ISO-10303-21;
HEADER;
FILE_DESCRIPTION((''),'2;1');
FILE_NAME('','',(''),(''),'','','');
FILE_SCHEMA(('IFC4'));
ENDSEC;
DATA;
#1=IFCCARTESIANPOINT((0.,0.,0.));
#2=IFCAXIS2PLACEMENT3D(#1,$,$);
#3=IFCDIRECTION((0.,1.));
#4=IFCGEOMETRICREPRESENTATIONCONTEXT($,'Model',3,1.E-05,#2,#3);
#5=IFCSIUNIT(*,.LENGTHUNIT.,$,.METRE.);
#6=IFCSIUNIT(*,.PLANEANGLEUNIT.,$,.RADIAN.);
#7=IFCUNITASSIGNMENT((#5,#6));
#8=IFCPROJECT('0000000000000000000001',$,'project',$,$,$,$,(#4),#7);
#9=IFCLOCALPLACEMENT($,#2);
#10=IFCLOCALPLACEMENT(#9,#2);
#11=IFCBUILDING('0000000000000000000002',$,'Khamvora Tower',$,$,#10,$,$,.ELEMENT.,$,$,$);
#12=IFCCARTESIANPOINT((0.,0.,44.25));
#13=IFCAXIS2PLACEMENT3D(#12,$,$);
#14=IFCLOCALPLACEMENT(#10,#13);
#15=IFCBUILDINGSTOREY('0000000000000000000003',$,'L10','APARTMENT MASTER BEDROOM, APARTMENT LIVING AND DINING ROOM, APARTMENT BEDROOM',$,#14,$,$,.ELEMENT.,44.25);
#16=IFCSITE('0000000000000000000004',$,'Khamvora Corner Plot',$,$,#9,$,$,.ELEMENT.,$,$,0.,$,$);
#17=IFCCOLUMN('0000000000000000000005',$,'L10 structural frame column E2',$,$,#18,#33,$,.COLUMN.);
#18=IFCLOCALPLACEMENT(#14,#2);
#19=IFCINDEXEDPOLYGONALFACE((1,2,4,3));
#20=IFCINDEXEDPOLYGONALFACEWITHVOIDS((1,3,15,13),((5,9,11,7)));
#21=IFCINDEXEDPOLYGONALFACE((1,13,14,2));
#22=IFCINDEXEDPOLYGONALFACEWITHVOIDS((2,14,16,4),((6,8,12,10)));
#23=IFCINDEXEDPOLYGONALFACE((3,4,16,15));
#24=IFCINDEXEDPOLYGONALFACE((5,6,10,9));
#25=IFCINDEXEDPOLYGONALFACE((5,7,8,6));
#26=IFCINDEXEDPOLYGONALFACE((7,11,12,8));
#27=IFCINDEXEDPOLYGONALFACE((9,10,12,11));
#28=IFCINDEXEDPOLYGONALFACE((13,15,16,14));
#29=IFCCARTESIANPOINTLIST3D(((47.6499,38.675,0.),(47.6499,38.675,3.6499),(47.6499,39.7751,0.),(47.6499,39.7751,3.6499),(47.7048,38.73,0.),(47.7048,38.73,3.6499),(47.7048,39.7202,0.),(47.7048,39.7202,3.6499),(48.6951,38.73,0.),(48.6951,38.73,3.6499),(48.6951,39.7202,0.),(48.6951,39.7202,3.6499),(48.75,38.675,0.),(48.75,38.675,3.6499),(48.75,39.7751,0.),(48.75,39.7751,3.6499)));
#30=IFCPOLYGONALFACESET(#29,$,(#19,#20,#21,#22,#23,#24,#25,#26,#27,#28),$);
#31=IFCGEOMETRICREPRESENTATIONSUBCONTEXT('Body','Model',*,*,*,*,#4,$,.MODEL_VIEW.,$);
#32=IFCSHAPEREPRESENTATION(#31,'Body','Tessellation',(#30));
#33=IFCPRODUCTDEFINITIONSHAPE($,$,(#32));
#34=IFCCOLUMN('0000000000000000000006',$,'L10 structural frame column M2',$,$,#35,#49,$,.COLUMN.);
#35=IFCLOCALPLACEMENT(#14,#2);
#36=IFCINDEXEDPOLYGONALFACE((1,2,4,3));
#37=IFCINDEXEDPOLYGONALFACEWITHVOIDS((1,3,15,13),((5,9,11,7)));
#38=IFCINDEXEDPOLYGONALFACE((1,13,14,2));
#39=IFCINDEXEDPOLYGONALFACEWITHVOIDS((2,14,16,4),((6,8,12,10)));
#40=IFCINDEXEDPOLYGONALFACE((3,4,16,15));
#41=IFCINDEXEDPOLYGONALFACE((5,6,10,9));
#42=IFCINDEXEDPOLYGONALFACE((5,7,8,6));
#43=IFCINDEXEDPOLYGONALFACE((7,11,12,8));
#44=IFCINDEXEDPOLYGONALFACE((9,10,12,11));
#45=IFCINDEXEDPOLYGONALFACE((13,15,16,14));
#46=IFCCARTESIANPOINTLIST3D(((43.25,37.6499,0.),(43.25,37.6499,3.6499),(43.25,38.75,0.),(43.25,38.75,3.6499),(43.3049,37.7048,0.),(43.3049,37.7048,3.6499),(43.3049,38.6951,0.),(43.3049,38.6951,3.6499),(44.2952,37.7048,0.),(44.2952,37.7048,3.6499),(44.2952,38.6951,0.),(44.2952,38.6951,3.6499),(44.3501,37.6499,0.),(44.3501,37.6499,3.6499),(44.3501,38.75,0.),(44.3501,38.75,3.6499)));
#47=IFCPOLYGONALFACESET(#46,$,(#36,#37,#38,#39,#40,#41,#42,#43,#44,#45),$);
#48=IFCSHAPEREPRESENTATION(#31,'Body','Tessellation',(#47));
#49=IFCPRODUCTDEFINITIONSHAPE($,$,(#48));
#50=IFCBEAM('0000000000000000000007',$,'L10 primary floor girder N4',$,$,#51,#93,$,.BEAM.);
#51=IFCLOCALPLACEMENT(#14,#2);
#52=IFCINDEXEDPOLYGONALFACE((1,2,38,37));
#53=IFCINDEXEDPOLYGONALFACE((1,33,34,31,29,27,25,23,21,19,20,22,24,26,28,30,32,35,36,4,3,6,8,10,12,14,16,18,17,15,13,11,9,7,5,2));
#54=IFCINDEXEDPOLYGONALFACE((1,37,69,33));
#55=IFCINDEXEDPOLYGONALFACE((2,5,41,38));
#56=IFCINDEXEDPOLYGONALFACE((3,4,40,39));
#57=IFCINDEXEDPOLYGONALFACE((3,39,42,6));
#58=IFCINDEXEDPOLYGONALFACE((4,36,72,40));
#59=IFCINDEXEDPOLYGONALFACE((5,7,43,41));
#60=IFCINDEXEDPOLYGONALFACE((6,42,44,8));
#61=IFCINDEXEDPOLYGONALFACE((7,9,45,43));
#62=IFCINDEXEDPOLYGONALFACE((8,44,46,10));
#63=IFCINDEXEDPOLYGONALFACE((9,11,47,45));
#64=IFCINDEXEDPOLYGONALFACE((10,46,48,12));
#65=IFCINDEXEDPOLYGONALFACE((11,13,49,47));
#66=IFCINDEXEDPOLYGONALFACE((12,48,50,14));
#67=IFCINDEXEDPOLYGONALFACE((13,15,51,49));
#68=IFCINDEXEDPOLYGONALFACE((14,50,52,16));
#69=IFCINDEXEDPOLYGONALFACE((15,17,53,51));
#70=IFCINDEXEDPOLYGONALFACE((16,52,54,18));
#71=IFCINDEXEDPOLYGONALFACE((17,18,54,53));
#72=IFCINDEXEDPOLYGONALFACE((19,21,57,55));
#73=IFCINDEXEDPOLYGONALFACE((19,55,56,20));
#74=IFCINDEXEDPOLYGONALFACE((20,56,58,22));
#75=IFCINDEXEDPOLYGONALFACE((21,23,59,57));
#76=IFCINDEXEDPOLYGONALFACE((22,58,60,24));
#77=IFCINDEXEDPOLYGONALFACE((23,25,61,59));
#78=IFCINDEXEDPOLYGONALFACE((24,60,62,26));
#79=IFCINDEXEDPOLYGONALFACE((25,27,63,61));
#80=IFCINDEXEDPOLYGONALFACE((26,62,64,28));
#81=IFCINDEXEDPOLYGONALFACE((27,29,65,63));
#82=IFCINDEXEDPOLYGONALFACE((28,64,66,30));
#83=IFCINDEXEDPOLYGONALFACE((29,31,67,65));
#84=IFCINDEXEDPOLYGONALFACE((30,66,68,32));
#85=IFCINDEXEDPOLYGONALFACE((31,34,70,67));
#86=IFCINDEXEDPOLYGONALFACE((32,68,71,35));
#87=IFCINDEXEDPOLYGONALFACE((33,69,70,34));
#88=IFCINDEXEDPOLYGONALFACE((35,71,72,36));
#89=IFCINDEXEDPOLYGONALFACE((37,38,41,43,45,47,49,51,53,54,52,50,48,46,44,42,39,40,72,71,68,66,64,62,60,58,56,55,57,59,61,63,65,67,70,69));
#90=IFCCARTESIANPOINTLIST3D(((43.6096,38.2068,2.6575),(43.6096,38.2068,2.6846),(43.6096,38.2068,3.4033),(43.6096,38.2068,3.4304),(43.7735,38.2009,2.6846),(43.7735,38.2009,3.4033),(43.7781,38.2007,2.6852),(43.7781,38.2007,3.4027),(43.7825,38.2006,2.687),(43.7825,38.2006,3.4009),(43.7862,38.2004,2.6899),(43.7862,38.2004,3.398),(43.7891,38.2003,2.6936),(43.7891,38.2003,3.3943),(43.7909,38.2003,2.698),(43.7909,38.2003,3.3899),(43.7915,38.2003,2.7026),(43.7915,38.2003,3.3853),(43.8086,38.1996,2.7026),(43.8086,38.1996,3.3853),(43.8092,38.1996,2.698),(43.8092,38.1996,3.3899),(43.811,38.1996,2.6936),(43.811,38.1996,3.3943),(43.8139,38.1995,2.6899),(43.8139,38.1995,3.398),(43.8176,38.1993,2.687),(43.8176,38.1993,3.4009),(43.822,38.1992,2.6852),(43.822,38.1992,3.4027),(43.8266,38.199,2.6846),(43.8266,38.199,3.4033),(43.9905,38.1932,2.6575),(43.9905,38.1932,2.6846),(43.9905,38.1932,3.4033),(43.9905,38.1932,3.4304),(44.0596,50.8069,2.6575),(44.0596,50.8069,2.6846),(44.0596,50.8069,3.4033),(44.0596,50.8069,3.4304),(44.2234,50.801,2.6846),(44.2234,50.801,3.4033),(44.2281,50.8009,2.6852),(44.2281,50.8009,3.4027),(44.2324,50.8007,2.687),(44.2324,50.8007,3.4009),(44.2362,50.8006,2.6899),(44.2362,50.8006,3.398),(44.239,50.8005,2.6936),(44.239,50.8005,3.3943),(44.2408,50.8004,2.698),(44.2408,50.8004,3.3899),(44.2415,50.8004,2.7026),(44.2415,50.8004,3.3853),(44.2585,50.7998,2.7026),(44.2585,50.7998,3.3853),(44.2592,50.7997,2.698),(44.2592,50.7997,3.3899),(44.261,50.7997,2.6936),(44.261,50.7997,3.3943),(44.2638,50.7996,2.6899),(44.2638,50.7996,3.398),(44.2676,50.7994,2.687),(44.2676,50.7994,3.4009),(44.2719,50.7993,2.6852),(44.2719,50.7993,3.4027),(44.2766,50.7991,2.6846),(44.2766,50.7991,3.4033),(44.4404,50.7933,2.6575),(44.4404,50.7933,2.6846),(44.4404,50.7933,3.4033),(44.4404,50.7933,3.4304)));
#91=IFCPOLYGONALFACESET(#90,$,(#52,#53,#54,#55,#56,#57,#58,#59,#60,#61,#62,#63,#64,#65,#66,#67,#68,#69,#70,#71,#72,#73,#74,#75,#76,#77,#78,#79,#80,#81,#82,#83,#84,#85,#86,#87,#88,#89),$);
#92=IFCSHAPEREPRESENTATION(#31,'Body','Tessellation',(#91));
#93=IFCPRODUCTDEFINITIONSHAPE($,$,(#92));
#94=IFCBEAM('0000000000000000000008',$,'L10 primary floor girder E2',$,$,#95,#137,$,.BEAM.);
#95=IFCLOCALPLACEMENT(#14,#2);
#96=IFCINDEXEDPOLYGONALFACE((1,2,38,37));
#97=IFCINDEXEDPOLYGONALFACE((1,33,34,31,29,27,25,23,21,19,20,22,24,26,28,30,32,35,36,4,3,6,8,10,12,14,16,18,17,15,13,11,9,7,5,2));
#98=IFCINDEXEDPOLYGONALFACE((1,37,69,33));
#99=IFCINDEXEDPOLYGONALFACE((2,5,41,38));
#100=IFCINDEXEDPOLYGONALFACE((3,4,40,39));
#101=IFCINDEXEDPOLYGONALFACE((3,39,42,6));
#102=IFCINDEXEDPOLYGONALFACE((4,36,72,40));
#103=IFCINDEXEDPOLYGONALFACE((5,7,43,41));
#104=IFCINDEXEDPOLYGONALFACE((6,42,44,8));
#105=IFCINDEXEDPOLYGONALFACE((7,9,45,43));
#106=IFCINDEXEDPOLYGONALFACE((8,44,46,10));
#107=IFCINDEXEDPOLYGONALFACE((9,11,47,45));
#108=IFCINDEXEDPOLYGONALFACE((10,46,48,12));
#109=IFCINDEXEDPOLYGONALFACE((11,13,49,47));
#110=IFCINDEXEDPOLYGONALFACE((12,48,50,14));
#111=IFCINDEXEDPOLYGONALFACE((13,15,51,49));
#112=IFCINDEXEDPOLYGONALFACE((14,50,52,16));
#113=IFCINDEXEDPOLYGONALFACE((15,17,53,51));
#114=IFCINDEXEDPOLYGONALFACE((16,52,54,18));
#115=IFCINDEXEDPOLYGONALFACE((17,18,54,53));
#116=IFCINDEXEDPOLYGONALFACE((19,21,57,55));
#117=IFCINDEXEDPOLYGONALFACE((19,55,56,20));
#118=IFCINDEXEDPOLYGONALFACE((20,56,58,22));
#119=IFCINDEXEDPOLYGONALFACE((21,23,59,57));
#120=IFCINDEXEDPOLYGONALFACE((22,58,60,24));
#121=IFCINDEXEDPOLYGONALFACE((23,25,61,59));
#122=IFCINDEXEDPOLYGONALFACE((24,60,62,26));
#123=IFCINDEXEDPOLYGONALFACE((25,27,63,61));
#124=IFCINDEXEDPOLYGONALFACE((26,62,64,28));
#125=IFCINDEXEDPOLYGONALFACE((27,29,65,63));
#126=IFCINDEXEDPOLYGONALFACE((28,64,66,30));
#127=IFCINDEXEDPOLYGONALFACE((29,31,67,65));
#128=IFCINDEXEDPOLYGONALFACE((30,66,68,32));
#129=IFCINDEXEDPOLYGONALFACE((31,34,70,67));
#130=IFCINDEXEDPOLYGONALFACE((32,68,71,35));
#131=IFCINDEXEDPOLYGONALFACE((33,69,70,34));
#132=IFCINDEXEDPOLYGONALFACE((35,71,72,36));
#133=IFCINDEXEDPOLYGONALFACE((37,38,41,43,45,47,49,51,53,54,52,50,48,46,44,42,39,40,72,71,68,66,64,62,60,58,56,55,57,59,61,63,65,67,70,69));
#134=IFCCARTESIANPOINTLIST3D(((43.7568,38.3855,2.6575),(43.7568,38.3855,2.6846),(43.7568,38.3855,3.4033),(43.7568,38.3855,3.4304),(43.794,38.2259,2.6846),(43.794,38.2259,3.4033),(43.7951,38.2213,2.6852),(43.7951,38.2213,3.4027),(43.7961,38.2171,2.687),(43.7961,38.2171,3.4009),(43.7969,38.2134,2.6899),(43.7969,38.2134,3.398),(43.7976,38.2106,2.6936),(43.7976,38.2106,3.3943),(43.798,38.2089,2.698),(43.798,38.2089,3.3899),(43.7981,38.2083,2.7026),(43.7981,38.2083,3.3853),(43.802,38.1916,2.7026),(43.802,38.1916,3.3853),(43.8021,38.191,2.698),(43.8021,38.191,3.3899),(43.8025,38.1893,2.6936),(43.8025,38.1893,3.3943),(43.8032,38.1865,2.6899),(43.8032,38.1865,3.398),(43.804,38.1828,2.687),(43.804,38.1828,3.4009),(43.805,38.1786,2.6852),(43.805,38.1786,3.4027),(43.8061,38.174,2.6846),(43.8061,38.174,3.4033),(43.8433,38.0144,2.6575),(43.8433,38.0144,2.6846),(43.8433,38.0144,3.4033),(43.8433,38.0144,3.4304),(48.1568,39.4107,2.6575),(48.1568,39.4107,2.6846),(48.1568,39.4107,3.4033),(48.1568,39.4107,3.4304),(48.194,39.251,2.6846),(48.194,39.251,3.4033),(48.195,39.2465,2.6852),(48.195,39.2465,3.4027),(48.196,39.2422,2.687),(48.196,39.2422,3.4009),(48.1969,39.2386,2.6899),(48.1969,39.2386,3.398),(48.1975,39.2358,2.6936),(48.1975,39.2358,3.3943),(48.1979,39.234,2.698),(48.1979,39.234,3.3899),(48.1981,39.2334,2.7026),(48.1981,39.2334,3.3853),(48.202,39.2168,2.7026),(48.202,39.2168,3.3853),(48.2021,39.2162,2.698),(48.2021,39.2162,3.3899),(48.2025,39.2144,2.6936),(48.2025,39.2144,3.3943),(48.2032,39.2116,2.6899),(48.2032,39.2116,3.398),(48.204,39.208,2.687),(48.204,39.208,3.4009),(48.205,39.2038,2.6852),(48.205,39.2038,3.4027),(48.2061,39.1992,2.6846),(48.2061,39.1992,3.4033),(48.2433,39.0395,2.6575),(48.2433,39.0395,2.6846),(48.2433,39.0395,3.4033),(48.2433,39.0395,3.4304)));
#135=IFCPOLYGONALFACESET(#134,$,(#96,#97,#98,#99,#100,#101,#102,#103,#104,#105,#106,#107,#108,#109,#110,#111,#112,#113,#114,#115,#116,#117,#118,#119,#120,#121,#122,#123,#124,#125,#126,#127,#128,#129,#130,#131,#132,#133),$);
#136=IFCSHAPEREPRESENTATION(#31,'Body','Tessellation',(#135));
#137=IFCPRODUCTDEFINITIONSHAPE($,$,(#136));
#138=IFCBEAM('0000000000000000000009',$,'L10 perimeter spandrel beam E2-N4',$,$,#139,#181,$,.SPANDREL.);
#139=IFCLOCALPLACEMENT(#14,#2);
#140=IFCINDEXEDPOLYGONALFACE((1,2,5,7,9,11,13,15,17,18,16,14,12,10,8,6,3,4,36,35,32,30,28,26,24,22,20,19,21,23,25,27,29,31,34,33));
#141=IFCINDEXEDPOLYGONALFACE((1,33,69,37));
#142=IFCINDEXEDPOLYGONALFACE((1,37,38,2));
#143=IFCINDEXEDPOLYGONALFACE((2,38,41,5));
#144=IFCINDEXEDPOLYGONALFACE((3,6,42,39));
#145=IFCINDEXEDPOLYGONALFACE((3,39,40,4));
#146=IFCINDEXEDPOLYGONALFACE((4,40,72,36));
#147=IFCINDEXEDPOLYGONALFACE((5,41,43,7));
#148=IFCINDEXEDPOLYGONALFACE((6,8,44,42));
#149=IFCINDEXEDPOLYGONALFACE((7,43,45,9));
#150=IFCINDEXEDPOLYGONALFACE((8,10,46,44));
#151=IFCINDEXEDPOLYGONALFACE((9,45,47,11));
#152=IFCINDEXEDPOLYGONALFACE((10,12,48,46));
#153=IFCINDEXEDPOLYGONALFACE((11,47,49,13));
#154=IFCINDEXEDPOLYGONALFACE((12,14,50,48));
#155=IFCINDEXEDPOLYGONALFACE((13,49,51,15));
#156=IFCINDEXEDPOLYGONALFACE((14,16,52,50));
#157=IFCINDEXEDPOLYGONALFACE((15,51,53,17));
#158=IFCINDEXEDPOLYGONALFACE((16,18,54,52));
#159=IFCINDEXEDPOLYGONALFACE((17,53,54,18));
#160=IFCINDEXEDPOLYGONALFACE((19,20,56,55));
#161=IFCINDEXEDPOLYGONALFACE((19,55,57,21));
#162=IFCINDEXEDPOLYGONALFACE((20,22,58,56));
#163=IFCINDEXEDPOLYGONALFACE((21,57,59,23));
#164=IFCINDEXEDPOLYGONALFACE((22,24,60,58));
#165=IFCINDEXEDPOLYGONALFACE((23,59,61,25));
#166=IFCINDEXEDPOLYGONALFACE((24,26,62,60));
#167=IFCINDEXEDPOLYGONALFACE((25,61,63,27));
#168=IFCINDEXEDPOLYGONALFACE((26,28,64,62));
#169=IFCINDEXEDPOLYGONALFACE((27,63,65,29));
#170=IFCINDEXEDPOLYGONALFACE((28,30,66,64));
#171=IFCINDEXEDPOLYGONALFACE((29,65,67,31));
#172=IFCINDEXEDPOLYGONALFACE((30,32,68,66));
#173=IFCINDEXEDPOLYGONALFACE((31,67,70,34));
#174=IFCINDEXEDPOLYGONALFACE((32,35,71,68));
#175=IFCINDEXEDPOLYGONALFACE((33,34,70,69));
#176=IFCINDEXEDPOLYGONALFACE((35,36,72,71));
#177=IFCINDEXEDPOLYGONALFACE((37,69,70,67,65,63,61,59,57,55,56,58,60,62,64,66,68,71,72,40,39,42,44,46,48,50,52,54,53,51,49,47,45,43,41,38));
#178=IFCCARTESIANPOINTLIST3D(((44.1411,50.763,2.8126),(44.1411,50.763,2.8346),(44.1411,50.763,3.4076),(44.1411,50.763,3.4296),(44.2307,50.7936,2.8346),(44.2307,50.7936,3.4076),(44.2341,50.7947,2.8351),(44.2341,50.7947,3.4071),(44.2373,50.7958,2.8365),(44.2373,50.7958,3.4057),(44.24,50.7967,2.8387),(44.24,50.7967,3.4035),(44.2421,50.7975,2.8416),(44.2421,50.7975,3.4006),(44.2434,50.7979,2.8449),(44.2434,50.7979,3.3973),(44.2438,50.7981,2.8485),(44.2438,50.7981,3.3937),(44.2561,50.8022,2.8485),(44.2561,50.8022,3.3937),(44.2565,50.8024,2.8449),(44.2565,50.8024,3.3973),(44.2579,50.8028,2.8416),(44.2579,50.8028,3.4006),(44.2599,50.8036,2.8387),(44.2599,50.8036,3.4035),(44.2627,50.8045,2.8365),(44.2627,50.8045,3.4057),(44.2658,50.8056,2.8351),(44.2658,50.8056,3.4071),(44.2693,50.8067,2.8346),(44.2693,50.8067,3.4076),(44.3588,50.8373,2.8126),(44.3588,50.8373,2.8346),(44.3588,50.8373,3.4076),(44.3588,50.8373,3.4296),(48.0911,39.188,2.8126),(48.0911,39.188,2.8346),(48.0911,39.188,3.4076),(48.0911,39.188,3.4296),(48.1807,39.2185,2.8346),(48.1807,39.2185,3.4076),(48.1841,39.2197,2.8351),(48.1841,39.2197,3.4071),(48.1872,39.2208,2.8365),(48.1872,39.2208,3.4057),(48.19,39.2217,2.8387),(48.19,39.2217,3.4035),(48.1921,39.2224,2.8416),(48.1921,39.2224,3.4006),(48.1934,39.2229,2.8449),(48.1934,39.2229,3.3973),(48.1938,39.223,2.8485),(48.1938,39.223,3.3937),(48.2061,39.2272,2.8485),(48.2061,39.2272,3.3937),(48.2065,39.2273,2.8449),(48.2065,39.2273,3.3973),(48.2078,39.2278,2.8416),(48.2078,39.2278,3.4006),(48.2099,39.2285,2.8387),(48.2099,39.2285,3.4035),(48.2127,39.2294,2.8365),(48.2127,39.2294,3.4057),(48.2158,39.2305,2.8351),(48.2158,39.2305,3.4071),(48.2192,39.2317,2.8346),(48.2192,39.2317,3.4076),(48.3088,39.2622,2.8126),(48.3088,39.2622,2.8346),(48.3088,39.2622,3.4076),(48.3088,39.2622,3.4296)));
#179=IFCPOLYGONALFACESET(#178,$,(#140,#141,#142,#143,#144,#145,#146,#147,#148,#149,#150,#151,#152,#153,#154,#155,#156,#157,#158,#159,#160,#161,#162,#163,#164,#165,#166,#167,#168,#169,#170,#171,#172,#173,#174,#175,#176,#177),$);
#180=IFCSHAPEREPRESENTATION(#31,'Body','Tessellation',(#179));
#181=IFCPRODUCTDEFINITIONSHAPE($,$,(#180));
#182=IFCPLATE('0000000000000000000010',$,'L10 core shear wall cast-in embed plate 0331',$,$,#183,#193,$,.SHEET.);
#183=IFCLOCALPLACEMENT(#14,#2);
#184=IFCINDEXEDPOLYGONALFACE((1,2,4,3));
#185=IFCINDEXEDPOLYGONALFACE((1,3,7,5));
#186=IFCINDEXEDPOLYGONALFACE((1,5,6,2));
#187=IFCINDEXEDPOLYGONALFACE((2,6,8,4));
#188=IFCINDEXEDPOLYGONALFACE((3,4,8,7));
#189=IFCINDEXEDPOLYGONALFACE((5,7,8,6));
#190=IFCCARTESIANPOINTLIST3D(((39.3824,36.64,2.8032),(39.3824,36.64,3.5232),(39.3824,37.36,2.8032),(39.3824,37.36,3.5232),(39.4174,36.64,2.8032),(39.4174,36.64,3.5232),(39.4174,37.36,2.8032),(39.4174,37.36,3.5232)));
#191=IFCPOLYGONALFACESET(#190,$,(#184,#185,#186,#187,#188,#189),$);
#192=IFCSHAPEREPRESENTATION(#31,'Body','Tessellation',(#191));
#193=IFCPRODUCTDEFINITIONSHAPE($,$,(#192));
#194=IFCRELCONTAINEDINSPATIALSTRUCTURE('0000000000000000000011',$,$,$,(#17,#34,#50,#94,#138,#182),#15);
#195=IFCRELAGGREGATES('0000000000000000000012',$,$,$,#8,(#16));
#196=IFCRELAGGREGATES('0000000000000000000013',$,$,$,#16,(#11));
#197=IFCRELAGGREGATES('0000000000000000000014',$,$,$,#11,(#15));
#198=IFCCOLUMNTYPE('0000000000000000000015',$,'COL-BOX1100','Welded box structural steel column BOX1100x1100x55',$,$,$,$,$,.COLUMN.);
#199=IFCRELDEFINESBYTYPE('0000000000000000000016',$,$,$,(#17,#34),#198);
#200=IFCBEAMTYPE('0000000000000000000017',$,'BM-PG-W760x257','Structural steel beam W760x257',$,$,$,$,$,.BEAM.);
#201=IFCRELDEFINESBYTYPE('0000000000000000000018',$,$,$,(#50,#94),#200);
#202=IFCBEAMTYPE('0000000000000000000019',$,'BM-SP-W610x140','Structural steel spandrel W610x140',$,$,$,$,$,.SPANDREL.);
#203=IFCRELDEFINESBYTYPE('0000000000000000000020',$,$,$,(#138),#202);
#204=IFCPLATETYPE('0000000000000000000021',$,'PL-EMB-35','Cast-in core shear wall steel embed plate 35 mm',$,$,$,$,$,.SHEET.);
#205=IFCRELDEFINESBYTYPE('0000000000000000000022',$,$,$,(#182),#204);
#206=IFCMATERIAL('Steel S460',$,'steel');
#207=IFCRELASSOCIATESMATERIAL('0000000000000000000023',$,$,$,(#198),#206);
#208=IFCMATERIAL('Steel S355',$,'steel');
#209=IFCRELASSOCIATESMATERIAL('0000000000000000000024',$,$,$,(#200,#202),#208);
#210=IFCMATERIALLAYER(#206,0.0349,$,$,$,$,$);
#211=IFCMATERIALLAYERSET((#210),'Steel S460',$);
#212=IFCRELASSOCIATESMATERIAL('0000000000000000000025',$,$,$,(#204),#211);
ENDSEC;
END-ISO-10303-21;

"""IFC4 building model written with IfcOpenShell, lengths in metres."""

from ifc_helpers import new_model, si_unit, direction, frame, origin, origin_2d, place, context, subcontext, project, spatial, rectangle, hollow_rectangle, i_section, extrude, material, layer, layer_set, material_profile, profile_set, type_object, element, save


model = new_model("IFC4")

# Units and contexts
model_context = context("Model", 3, precision=1e-05, world=origin(), true_north=direction((0.0, 1.0)))
body_context = subcontext(model_context, "Body", "Model", "MODEL_VIEW")
ifc_project = project(units=[si_unit("LENGTHUNIT", "METRE"), si_unit("PLANEANGLEUNIT", "RADIAN")], contexts=[model_context])

# Site, building, storey
site_placement = place(None, origin())
site = spatial("IfcSite", under=ifc_project, at=site_placement, Name="Khamvora Corner Plot", CompositionType="ELEMENT", RefElevation=0.0)
building_placement = place(site_placement, origin())
building = spatial("IfcBuilding", under=site, at=building_placement, Name="Khamvora Tower", CompositionType="ELEMENT")
storey_placement = place(building_placement, frame((0.0, 0.0, 44.25)))
storey = spatial("IfcBuildingStorey", under=building, at=storey_placement, Name="L10", Description="APARTMENT MASTER BEDROOM, APARTMENT LIVING AND DINING ROOM, APARTMENT BEDROOM", CompositionType="ELEMENT", Elevation=44.25)

# Columns
ifc_material_1 = material(Name="Steel S460", Category="steel")
ifc_material_profile_1 = material_profile(ifc_material_1, hollow_rectangle(XDim=1.1001, YDim=1.1001, WallThickness=0.0549, at=origin_2d()), Name="BOX1100x1100x55")
ifc_profile_set_1 = profile_set([ifc_material_profile_1], Name="Steel S460")
column_type = type_object("IfcColumnType", Name="COL-BOX1100", Description="Welded box structural steel column BOX1100x1100x55", PredefinedType="COLUMN", material=ifc_profile_set_1)
for number, where, z_axis, x_axis, name in (
    (1, (48.2, 39.2251, 0.0), (0.0, 0.0, 1.0), (1.0, 0.0, 0.0), "L10 structural frame column E2"),
    (2, (43.8, 38.2, 0.0), (0.0, 0.0, 1.0), (1.0, 0.0, 0.0), "L10 structural frame column M2"),
):
    element("IfcColumn", number, at=place(storey_placement, frame(where, z_axis=z_axis, x_axis=x_axis)), inside=storey, type_object=column_type, Name=name, PredefinedType="COLUMN", context=body_context, shape_type="SweptSolid", body=[
        extrude(hollow_rectangle(XDim=1.1001, YDim=1.1001, WallThickness=0.0549, at=origin_2d()), origin(), (0.0, 0.0, 1.0), 3.6499),
    ])

# Beams
ifc_material_2 = material(Name="Steel S355", Category="steel")
ifc_material_profile_2 = material_profile(ifc_material_2, i_section(OverallWidth=0.3811, OverallDepth=0.7729, WebThickness=0.0171, FlangeThickness=0.0271, FilletRadius=0.0181, at=origin_2d()), Name="W760x257")
ifc_profile_set_2 = profile_set([ifc_material_profile_2], Name="Steel S355")
beam_type_1 = type_object("IfcBeamType", Name="BM-PG-W760x257", Description="Structural steel beam W760x257", PredefinedType="BEAM", material=ifc_profile_set_2)
beam_1_placement = place(storey_placement, frame((43.8, 38.2, 3.0439), z_axis=(0.035687, 0.999363, 0.0), x_axis=(-0.999363, 0.035687, 0.0)))
element("IfcBeam", 3, at=beam_1_placement, inside=storey, type_object=beam_type_1, Name="L10 primary floor girder N4", PredefinedType="BEAM", context=body_context, shape_type="SweptSolid", body=[
    extrude(i_section(OverallWidth=0.3811, OverallDepth=0.7729, WebThickness=0.0171, FlangeThickness=0.0271, FilletRadius=0.0181, at=origin_2d()), origin(), (0.0, 0.0, 1.0), 12.6082),
])
beam_2_placement = place(storey_placement, frame((43.8, 38.2, 3.0439), z_axis=(0.973915, 0.226915, 0.0), x_axis=(-0.226915, 0.973915, 0.0)))
element("IfcBeam", 4, at=beam_2_placement, inside=storey, type_object=beam_type_1, Name="L10 primary floor girder E2", PredefinedType="BEAM", context=body_context, shape_type="SweptSolid", body=[
    extrude(i_section(OverallWidth=0.3811, OverallDepth=0.7729, WebThickness=0.0171, FlangeThickness=0.0271, FilletRadius=0.0181, at=origin_2d()), origin(), (0.0, 0.0, 1.0), 4.5178),
])
ifc_material_profile_3 = material_profile(ifc_material_2, i_section(OverallWidth=0.23, OverallDepth=0.6169, WebThickness=0.0129, FlangeThickness=0.022, FilletRadius=0.0139, at=origin_2d()), Name="W610x140")
ifc_profile_set_3 = profile_set([ifc_material_profile_3], Name="Steel S355")
beam_type_2 = type_object("IfcBeamType", Name="BM-SP-W610x140", Description="Structural steel spandrel W610x140", PredefinedType="SPANDREL", material=ifc_profile_set_3)
beam_3_placement = place(storey_placement, frame((48.2, 39.2251, 3.1211), z_axis=(-0.322963, 0.946412, 0.0), x_axis=(-0.946412, -0.322963, 0.0)))
element("IfcBeam", 5, at=beam_3_placement, inside=storey, type_object=beam_type_2, Name="L10 perimeter spandrel beam E2-N4", PredefinedType="SPANDREL", context=body_context, shape_type="SweptSolid", body=[
    extrude(i_section(OverallWidth=0.23, OverallDepth=0.6169, WebThickness=0.0129, FlangeThickness=0.022, FilletRadius=0.0139, at=origin_2d()), origin(), (0.0, 0.0, 1.0), 12.2305),
])

# Plate
ifc_layer_1 = layer(ifc_material_1, 0.0349)
ifc_layer_set_1 = layer_set([ifc_layer_1], Name="Steel S460")
plate_type = type_object("IfcPlateType", Name="PL-EMB-35", Description="Cast-in core shear wall steel embed plate 35 mm", PredefinedType="SHEET", material=ifc_layer_set_1)
plate_placement = place(storey_placement, frame((39.3999, 37.0, 2.8032), z_axis=(0.0, 0.0, 1.0), x_axis=(1.0, 0.0, 0.0)))
element("IfcPlate", 6, at=plate_placement, inside=storey, type_object=plate_type, Name="L10 core shear wall cast-in embed plate 0331", PredefinedType="SHEET", context=body_context, shape_type="SweptSolid", body=[
    extrude(rectangle(XDim=0.0349, YDim=0.72, at=origin_2d()), origin(), (0.0, 0.0, 1.0), 0.72),
])

save(model, "model.ifc")
